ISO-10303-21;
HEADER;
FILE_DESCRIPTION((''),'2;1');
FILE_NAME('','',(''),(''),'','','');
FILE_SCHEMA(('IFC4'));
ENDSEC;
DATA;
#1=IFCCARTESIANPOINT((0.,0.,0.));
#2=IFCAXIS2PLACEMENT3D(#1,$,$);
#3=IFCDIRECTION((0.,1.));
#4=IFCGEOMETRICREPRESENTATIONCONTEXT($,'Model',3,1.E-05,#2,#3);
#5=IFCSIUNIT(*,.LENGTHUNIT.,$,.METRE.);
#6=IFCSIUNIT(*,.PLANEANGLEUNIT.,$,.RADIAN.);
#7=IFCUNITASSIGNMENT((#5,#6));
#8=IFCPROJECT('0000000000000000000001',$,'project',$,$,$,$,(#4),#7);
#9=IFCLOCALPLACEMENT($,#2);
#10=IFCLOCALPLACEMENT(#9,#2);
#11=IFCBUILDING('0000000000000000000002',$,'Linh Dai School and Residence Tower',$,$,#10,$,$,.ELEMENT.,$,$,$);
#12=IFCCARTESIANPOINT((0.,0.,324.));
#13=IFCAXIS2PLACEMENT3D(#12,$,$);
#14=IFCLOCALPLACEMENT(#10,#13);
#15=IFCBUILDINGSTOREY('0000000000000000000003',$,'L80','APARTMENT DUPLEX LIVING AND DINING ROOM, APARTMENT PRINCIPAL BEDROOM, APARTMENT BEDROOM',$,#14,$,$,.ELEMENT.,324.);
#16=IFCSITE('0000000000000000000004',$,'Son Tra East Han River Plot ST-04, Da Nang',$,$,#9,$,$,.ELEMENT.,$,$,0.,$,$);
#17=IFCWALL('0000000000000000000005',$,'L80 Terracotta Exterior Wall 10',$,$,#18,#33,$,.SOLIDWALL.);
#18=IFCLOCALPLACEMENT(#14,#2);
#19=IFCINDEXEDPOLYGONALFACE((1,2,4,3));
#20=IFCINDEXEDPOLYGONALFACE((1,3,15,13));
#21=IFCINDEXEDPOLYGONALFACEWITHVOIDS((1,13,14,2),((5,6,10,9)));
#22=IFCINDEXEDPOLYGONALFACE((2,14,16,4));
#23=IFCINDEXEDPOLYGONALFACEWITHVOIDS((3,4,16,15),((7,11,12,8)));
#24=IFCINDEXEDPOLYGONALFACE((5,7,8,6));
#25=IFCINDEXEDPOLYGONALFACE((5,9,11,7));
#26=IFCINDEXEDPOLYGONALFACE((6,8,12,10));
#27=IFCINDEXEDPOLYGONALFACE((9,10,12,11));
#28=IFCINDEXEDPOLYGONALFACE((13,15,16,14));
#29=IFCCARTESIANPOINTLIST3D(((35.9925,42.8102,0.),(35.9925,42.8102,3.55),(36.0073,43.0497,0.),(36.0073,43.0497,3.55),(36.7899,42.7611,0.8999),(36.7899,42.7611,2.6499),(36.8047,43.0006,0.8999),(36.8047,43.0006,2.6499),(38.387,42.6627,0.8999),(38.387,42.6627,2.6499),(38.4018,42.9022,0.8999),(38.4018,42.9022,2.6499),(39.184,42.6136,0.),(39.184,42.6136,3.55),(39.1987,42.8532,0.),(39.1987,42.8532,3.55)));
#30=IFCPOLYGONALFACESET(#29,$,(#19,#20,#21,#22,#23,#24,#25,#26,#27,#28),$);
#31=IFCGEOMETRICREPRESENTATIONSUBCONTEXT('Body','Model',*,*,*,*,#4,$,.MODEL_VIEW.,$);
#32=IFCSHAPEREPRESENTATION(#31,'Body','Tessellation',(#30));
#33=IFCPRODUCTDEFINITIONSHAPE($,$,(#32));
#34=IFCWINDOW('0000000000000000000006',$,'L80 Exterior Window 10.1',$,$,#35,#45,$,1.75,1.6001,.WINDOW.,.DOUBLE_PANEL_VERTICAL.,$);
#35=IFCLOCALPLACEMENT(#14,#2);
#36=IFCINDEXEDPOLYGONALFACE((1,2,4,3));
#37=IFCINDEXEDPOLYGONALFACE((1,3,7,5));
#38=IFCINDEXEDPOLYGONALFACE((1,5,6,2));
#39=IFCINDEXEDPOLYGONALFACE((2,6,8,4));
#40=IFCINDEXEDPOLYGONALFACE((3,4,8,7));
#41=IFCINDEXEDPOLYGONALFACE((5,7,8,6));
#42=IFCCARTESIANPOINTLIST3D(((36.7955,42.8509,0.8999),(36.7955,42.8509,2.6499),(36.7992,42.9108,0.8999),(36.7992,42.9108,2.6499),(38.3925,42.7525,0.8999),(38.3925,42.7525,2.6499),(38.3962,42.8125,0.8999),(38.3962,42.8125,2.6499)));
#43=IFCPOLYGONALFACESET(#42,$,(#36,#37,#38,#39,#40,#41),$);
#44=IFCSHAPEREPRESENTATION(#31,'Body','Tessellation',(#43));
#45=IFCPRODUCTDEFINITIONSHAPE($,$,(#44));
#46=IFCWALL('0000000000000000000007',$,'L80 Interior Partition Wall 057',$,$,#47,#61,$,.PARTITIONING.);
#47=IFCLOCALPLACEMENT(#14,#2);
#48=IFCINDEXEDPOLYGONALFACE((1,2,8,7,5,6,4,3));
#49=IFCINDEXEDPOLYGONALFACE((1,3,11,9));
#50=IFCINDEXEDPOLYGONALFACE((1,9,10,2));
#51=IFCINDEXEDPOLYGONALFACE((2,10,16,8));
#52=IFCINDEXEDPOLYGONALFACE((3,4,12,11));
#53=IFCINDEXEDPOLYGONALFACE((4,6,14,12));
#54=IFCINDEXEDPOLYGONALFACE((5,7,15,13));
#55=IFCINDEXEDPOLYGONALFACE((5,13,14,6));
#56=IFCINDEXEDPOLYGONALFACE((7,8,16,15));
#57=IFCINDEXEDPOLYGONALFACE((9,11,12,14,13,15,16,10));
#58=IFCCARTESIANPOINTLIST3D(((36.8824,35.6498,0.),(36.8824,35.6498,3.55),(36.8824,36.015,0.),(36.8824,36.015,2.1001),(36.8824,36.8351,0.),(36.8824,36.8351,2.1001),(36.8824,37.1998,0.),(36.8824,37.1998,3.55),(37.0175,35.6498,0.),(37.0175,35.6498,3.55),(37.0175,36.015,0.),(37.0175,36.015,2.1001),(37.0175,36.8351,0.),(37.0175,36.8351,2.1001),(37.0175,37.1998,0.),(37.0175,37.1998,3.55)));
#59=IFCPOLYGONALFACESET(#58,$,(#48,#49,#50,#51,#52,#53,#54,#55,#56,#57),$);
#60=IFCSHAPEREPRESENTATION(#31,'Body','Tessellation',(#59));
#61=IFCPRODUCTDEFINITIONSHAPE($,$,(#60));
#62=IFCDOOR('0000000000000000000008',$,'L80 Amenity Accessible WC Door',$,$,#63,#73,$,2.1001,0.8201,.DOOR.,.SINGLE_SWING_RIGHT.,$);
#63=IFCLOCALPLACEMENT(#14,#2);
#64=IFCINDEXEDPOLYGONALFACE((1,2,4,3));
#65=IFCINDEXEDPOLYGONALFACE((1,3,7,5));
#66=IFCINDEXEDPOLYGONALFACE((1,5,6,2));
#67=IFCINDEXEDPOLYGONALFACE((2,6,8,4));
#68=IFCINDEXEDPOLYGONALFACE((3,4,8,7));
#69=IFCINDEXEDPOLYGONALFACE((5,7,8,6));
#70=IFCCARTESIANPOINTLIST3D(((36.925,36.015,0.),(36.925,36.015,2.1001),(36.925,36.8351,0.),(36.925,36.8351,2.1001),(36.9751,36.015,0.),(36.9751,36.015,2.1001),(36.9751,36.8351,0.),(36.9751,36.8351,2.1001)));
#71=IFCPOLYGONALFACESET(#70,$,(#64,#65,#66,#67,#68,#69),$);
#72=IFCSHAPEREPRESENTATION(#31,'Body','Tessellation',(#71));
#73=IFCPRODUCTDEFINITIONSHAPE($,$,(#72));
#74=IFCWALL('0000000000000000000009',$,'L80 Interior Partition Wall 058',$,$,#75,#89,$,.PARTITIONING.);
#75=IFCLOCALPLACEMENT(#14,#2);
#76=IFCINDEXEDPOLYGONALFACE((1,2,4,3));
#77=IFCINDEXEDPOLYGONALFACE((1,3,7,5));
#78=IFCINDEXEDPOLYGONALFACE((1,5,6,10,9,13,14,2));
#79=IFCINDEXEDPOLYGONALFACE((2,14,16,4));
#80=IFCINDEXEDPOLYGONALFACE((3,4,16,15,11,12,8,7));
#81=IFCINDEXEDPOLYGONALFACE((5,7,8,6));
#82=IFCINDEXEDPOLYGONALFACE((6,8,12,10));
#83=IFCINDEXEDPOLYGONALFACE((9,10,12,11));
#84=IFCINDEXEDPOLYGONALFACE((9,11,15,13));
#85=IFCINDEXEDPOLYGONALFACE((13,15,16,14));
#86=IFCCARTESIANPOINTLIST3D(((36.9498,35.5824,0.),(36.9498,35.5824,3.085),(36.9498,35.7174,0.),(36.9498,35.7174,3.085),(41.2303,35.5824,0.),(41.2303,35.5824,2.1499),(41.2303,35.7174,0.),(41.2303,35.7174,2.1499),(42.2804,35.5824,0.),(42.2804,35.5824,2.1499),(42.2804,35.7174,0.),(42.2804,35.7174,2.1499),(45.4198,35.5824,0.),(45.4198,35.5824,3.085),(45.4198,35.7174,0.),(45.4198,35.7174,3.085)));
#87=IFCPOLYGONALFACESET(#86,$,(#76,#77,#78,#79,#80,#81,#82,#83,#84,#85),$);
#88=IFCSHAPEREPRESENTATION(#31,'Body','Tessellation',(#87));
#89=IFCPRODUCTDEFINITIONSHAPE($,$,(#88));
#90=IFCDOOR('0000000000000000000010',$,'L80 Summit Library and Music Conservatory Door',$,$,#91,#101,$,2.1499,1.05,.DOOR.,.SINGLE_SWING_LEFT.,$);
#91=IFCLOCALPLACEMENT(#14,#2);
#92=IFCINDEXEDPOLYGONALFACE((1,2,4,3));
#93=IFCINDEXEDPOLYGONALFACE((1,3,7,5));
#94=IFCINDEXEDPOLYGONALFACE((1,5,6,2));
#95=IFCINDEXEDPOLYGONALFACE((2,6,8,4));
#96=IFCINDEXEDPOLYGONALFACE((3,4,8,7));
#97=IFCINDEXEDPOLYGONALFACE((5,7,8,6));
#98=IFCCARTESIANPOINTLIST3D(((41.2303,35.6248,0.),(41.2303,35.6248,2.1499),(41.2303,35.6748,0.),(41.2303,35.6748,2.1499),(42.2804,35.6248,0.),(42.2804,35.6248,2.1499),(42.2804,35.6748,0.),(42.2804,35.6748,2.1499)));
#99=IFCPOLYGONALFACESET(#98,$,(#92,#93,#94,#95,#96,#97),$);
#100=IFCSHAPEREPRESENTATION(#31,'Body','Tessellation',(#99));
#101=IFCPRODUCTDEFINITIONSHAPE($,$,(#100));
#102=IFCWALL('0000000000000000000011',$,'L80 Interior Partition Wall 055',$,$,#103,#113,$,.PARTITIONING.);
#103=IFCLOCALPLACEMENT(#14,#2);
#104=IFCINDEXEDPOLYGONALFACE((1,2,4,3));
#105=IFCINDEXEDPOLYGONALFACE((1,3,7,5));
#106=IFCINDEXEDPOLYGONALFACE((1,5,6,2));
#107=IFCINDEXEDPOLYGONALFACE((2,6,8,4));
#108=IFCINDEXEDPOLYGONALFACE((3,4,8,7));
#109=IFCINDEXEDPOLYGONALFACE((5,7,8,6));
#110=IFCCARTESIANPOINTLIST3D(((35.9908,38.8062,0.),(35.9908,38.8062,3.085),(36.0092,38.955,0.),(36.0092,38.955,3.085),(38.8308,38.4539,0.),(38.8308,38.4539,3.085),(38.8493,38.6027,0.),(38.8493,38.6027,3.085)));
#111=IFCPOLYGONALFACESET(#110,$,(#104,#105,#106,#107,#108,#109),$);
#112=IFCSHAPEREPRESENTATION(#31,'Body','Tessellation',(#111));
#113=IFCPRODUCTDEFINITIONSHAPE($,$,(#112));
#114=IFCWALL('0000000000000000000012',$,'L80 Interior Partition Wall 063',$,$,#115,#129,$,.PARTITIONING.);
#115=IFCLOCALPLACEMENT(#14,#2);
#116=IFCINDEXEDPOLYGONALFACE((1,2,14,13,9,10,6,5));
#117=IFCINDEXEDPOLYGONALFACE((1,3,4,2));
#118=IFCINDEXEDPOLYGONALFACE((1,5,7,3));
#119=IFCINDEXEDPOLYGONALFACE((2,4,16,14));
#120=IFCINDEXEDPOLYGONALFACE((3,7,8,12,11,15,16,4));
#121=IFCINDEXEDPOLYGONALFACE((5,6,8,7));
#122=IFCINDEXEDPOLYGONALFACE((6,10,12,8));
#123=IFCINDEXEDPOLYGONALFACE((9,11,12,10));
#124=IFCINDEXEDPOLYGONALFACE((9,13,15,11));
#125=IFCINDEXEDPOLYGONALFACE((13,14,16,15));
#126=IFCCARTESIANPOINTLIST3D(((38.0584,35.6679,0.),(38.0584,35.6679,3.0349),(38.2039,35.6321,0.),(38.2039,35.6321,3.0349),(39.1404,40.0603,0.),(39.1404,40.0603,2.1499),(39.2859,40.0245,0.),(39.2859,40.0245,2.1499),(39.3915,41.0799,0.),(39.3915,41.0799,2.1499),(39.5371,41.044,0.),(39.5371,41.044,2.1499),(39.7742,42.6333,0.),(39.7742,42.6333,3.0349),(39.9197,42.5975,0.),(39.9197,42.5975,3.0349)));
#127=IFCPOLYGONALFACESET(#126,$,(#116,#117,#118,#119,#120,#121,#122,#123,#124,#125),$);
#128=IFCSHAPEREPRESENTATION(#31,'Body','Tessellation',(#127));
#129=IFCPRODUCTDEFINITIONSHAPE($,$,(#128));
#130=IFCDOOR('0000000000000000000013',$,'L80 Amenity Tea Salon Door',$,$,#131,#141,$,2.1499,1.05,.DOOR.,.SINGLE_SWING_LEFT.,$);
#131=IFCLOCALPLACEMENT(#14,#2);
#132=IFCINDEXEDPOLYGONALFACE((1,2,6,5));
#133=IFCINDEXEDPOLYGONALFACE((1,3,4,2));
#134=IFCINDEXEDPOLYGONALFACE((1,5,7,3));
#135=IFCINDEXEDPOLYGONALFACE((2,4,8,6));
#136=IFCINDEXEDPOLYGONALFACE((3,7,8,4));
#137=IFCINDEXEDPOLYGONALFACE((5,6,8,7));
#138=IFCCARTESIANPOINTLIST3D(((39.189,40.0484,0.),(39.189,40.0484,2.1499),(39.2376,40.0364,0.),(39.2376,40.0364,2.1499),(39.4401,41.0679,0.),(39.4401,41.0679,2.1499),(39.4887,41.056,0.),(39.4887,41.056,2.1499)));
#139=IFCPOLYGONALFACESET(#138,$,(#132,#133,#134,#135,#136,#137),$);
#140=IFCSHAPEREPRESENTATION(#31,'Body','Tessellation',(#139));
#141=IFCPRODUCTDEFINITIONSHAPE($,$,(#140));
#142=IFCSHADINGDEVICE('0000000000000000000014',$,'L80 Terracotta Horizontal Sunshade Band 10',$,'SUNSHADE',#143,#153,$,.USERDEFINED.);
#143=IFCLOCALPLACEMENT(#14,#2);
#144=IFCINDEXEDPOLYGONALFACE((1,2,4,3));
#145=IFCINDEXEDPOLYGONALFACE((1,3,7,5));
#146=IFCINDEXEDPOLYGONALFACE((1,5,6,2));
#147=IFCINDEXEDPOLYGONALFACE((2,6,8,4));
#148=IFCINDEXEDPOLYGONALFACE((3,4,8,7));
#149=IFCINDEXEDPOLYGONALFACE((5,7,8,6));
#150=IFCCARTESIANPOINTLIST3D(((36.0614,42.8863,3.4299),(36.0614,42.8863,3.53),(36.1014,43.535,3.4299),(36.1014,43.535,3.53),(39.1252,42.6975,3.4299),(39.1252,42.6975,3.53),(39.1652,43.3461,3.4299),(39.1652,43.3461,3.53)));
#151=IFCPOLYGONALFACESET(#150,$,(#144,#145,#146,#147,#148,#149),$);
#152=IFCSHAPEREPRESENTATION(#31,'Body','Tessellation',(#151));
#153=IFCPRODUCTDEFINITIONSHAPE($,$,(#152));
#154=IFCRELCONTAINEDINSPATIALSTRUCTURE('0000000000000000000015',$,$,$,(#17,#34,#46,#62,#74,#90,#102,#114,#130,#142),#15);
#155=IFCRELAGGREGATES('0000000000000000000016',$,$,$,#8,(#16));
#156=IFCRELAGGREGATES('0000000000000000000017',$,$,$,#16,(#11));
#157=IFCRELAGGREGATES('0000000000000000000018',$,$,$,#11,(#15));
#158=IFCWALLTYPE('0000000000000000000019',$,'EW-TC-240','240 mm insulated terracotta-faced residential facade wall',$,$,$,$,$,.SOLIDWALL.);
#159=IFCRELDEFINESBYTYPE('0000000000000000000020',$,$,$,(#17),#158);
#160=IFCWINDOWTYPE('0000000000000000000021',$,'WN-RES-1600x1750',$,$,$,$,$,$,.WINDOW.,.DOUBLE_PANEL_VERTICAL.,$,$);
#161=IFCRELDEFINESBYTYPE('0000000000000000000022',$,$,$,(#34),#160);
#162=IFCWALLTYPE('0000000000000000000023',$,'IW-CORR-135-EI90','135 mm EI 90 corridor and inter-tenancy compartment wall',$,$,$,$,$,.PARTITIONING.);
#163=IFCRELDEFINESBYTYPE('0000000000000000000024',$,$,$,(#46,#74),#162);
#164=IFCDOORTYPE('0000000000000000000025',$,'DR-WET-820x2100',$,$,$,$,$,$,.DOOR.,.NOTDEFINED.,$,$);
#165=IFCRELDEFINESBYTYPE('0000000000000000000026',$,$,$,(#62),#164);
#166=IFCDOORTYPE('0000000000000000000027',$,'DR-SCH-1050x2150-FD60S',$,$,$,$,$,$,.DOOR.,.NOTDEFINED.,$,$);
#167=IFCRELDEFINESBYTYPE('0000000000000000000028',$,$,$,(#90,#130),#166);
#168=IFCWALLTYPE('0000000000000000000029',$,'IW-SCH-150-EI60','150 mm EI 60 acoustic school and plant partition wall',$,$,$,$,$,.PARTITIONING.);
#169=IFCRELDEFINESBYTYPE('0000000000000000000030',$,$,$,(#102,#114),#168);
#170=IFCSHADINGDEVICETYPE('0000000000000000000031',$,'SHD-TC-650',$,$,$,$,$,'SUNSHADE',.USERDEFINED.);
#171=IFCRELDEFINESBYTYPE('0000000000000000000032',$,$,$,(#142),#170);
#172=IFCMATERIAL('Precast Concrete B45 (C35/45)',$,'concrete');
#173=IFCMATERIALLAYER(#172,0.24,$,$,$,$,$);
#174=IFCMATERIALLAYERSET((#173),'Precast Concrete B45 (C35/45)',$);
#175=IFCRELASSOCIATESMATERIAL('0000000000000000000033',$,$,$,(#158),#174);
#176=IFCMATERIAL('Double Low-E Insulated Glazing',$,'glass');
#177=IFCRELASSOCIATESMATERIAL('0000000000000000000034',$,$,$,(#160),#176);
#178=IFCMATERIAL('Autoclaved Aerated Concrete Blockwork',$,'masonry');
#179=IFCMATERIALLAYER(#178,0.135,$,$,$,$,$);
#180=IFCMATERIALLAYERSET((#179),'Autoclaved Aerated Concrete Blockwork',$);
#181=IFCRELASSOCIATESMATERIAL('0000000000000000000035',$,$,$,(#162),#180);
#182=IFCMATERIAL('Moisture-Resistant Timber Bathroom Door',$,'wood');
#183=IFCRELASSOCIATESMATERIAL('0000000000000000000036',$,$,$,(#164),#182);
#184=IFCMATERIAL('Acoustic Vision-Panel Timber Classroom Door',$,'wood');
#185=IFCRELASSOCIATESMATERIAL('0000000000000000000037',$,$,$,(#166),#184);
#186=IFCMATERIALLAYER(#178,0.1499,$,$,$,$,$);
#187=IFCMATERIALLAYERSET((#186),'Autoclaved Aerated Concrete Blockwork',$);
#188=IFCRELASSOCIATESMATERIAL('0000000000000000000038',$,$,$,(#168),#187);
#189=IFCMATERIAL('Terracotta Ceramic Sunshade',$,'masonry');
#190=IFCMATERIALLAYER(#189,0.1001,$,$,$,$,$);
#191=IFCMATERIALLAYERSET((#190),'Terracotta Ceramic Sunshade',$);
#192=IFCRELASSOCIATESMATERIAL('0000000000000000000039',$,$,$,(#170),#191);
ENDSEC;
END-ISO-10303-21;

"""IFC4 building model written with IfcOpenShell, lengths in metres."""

from ifc_helpers import new_model, si_unit, direction, frame, frame_2d, origin, origin_2d, place, context, subcontext, project, spatial, rectangle, extrude, source, transform, mapped, material, layer, layer_set, type_object, element, fill, save


model = new_model("IFC4")

# Units and contexts
model_context = context("Model", 3, precision=1e-05, world=origin(), true_north=direction((0.0, 1.0)))
body_context = subcontext(model_context, "Body", "Model", "MODEL_VIEW")
ifc_project = project(units=[si_unit("LENGTHUNIT", "METRE"), si_unit("PLANEANGLEUNIT", "RADIAN")], contexts=[model_context])

# Site, building, storey
site_placement = place(None, origin())
site = spatial("IfcSite", under=ifc_project, at=site_placement, Name="Son Tra East Han River Plot ST-04, Da Nang", CompositionType="ELEMENT", RefElevation=0.0)
building_placement = place(site_placement, origin())
building = spatial("IfcBuilding", under=site, at=building_placement, Name="Linh Dai School and Residence Tower", CompositionType="ELEMENT")
storey_placement = place(building_placement, frame((0.0, 0.0, 324.0)))
storey = spatial("IfcBuildingStorey", under=building, at=storey_placement, Name="L80", Description="APARTMENT DUPLEX LIVING AND DINING ROOM, APARTMENT PRINCIPAL BEDROOM, APARTMENT BEDROOM", CompositionType="ELEMENT", Elevation=324.0)

# Shared definitions
ifc_material_1 = material(Name="Precast Concrete B45 (C35/45)", Category="concrete")

# Wall, opening, window
ifc_layer_1 = layer(ifc_material_1, 0.24)
ifc_layer_set_1 = layer_set([ifc_layer_1], Name="Precast Concrete B45 (C35/45)")
wall_type_1 = type_object("IfcWallType", Name="EW-TC-240", Description="240 mm insulated terracotta-faced residential facade wall", PredefinedType="SOLIDWALL", material=ifc_layer_set_1)
ifc_material_2 = material(Name="Double Low-E Insulated Glazing", Category="glass")
window_type = type_object("IfcWindowType", Name="WN-RES-1600x1750", PartitioningType="DOUBLE_PANEL_VERTICAL", PredefinedType="WINDOW", material=ifc_material_2)
shared_shape_1 = source(origin(), body_context, "Body", "SweptSolid", [
    extrude(rectangle(XDim=1.6001, YDim=1.75, at=origin_2d()), frame((0.8, 0.03, 0.875), z_axis=(0.0, -1.0, 0.0), x_axis=(1.0, 0.0, 0.0)), (0.0, 0.0, 1.0), 0.0601),
])
wall_1_placement = place(storey_placement, frame((36.0, 42.9299, 0.0), z_axis=(0.0, 0.0, 1.0), x_axis=(0.998109, -0.061466, 0.0)))
wall_1 = element("IfcWall", 1, at=wall_1_placement, inside=storey, type_object=wall_type_1, Name="L80 Terracotta Exterior Wall 10", PredefinedType="SOLIDWALL", context=body_context, shape_type="SweptSolid", body=[
    extrude(rectangle(XDim=3.1975, YDim=0.24, at=frame_2d((1.5986, 0.0))), origin(), (0.0, 0.0, 1.0), 3.55),
])
opening_1_placement = place(wall_1_placement, frame((0.7988, 0.0, 0.8999)))
opening_1 = element("IfcOpeningElement", 2, at=opening_1_placement, cuts=wall_1, PredefinedType="OPENING", context=body_context, shape_type="SweptSolid", body=[
    extrude(rectangle(XDim=1.6001, YDim=1.75, at=origin_2d()), frame((0.8, 0.1299, 0.875), z_axis=(0.0, -1.0, 0.0), x_axis=(1.0, 0.0, 0.0)), (0.0, 0.0, 1.0), 0.26),
])
window_1_placement = place(opening_1_placement, origin())
window_1 = element("IfcWindow", 3, at=window_1_placement, inside=storey, type_object=window_type, Name="L80 Exterior Window 10.1", OverallHeight=1.75, OverallWidth=1.6001, PartitioningType="DOUBLE_PANEL_VERTICAL", PredefinedType="WINDOW", context=body_context, shape_type="MappedRepresentation", body=[
    mapped(shared_shape_1, transform((0.0, 0.0, 0.0), x_axis=(1.0, 0.0, 0.0), y_axis=(0.0, 1.0, 0.0), z_axis=(0.0, 0.0, 1.0), scale=1.0)),
])
fill(opening_1, window_1)

# Walls, openings, doors
ifc_material_3 = material(Name="Autoclaved Aerated Concrete Blockwork", Category="masonry")
ifc_layer_2 = layer(ifc_material_3, 0.135)
ifc_layer_set_2 = layer_set([ifc_layer_2], Name="Autoclaved Aerated Concrete Blockwork")
wall_type_2 = type_object("IfcWallType", Name="IW-CORR-135-EI90", Description="135 mm EI 90 corridor and inter-tenancy compartment wall", PredefinedType="PARTITIONING", material=ifc_layer_set_2)
wall_2_placement = place(storey_placement, frame((36.95, 35.6499, 0.0), z_axis=(0.0, 0.0, 1.0), x_axis=(0.0, 1.0, 0.0)))
wall_2 = element("IfcWall", 4, at=wall_2_placement, inside=storey, type_object=wall_type_2, Name="L80 Interior Partition Wall 057", PredefinedType="PARTITIONING", context=body_context, shape_type="SweptSolid", body=[
    extrude(rectangle(XDim=1.55, YDim=0.135, at=frame_2d((0.7749, 0.0))), origin(), (0.0, 0.0, 1.0), 3.55),
])
opening_2_placement = place(wall_2_placement, frame((0.365, 0.0, 0.0)))
opening_2 = element("IfcOpeningElement", 5, at=opening_2_placement, cuts=wall_2, PredefinedType="OPENING", context=body_context, shape_type="SweptSolid", body=[
    extrude(rectangle(XDim=0.8201, YDim=2.1001, at=origin_2d()), frame((0.4102, 0.0776, 1.05), z_axis=(0.0, -1.0, 0.0), x_axis=(1.0, 0.0, 0.0)), (0.0, 0.0, 1.0), 0.155),
])
ifc_material_4 = material(Name="Moisture-Resistant Timber Bathroom Door", Category="wood")
door_type_1 = type_object("IfcDoorType", Name="DR-WET-820x2100", OperationType="NOTDEFINED", PredefinedType="DOOR", material=ifc_material_4)
shared_shape_2 = source(origin(), body_context, "Body", "SweptSolid", [
    extrude(rectangle(XDim=0.8201, YDim=2.1001, at=origin_2d()), frame((0.4102, 0.0249, 1.05), z_axis=(0.0, -1.0, 0.0), x_axis=(1.0, 0.0, 0.0)), (0.0, 0.0, 1.0), 0.05),
])
door_1_placement = place(opening_2_placement, origin())
door_1 = element("IfcDoor", 6, at=door_1_placement, inside=storey, type_object=door_type_1, Name="L80 Amenity Accessible WC Door", OperationType="SINGLE_SWING_RIGHT", OverallHeight=2.1001, OverallWidth=0.8201, PredefinedType="DOOR", context=body_context, shape_type="MappedRepresentation", body=[
    mapped(shared_shape_2, transform((0.0, 0.0, 0.0), x_axis=(1.0, 0.0, 0.0), y_axis=(0.0, 1.0, 0.0), z_axis=(0.0, 0.0, 1.0), scale=1.0)),
])
fill(opening_2, door_1)
wall_3_placement = place(storey_placement, frame((36.95, 35.6499, 0.0), z_axis=(0.0, 0.0, 1.0), x_axis=(1.0, 0.0, 0.0)))
wall_3 = element("IfcWall", 7, at=wall_3_placement, inside=storey, type_object=wall_type_2, Name="L80 Interior Partition Wall 058", PredefinedType="PARTITIONING", context=body_context, shape_type="SweptSolid", body=[
    extrude(rectangle(XDim=8.47, YDim=0.135, at=frame_2d((4.2349, 0.0))), origin(), (0.0, 0.0, 1.0), 3.085),
])
opening_3_placement = place(wall_3_placement, frame((4.2805, 0.0, 0.0)))
opening_3 = element("IfcOpeningElement", 8, at=opening_3_placement, cuts=wall_3, PredefinedType="OPENING", context=body_context, shape_type="SweptSolid", body=[
    extrude(rectangle(XDim=1.05, YDim=2.1499, at=origin_2d()), frame((0.5249, 0.0776, 1.075), z_axis=(0.0, -1.0, 0.0), x_axis=(1.0, 0.0, 0.0)), (0.0, 0.0, 1.0), 0.155),
])
ifc_material_5 = material(Name="Acoustic Vision-Panel Timber Classroom Door", Category="wood")
door_type_2 = type_object("IfcDoorType", Name="DR-SCH-1050x2150-FD60S", OperationType="NOTDEFINED", PredefinedType="DOOR", material=ifc_material_5)
shared_shape_3 = source(origin(), body_context, "Body", "SweptSolid", [
    extrude(rectangle(XDim=1.05, YDim=2.1499, at=origin_2d()), frame((0.5249, 0.0249, 1.075), z_axis=(0.0, -1.0, 0.0), x_axis=(1.0, 0.0, 0.0)), (0.0, 0.0, 1.0), 0.05),
])
door_2_placement = place(opening_3_placement, origin())
door_2 = element("IfcDoor", 9, at=door_2_placement, inside=storey, type_object=door_type_2, Name="L80 Summit Library and Music Conservatory Door", OperationType="SINGLE_SWING_LEFT", OverallHeight=2.1499, OverallWidth=1.05, PredefinedType="DOOR", context=body_context, shape_type="MappedRepresentation", body=[
    mapped(shared_shape_3, transform((0.0, 0.0, 0.0), x_axis=(1.0, 0.0, 0.0), y_axis=(0.0, 1.0, 0.0), z_axis=(0.0, 0.0, 1.0), scale=1.0)),
])
fill(opening_3, door_2)

# Wall
ifc_layer_3 = layer(ifc_material_3, 0.1499)
ifc_layer_set_3 = layer_set([ifc_layer_3], Name="Autoclaved Aerated Concrete Blockwork")
wall_type_3 = type_object("IfcWallType", Name="IW-SCH-150-EI60", Description="150 mm EI 60 acoustic school and plant partition wall", PredefinedType="PARTITIONING", material=ifc_layer_set_3)
wall_4_placement = place(storey_placement, frame((36.0, 38.8806, 0.0), z_axis=(0.0, 0.0, 1.0), x_axis=(0.992394, -0.1231, 0.0)))
element("IfcWall", 10, at=wall_4_placement, inside=storey, type_object=wall_type_3, Name="L80 Interior Partition Wall 055", PredefinedType="PARTITIONING", context=body_context, shape_type="SweptSolid", body=[
    extrude(rectangle(XDim=2.8618, YDim=0.1499, at=frame_2d((1.4309, 0.0))), origin(), (0.0, 0.0, 1.0), 3.085),
])

# Wall, opening, door
wall_5_placement = place(storey_placement, frame((38.1311, 35.6499, 0.0), z_axis=(0.0, 0.0, 1.0), x_axis=(0.239187, 0.970974, 0.0)))
wall_5 = element("IfcWall", 11, at=wall_5_placement, inside=storey, type_object=wall_type_3, Name="L80 Interior Partition Wall 063", PredefinedType="PARTITIONING", context=body_context, shape_type="SweptSolid", body=[
    extrude(rectangle(XDim=7.1736, YDim=0.1499, at=frame_2d((3.5869, 0.0))), origin(), (0.0, 0.0, 1.0), 3.0349),
])
opening_4_placement = place(wall_5_placement, frame((4.5239, 0.0, 0.0)))
opening_4 = element("IfcOpeningElement", 12, at=opening_4_placement, cuts=wall_5, PredefinedType="OPENING", context=body_context, shape_type="SweptSolid", body=[
    extrude(rectangle(XDim=1.05, YDim=2.1499, at=origin_2d()), frame((0.5249, 0.085, 1.075), z_axis=(0.0, -1.0, 0.0), x_axis=(1.0, 0.0, 0.0)), (0.0, 0.0, 1.0), 0.1699),
])
door_3_placement = place(opening_4_placement, origin())
door_3 = element("IfcDoor", 13, at=door_3_placement, inside=storey, type_object=door_type_2, Name="L80 Amenity Tea Salon Door", OperationType="SINGLE_SWING_LEFT", OverallHeight=2.1499, OverallWidth=1.05, PredefinedType="DOOR", context=body_context, shape_type="MappedRepresentation", body=[
    mapped(shared_shape_3, transform((0.0, 0.0, 0.0), x_axis=(1.0, 0.0, 0.0), y_axis=(0.0, 1.0, 0.0), z_axis=(0.0, 0.0, 1.0), scale=1.0)),
])
fill(opening_4, door_3)

# Shading device
ifc_material_6 = material(Name="Terracotta Ceramic Sunshade", Category="masonry")
ifc_layer_4 = layer(ifc_material_6, 0.1001)
ifc_layer_set_4 = layer_set([ifc_layer_4], Name="Terracotta Ceramic Sunshade")
shading_device_type = type_object("IfcShadingDeviceType", Name="SHD-TC-650", ElementType="SUNSHADE", PredefinedType="USERDEFINED", material=ifc_layer_set_4)
shared_shape_4 = source(origin(), body_context, "Body", "SweptSolid", [
    extrude(rectangle(XDim=3.0696, YDim=0.6499, at=origin_2d()), origin(), (0.0, 0.0, 1.0), 0.1001),
])
shading_device_placement = place(storey_placement, frame((37.6133, 43.1162, 3.4299), z_axis=(0.0, 0.0, 1.0), x_axis=(0.998106, -0.061518, 0.0)))
element("IfcShadingDevice", 14, at=shading_device_placement, inside=storey, type_object=shading_device_type, Name="L80 Terracotta Horizontal Sunshade Band 10", ObjectType="SUNSHADE", PredefinedType="USERDEFINED", context=body_context, shape_type="MappedRepresentation", body=[
    mapped(shared_shape_4, transform((0.0, 0.0, 0.0), x_axis=(1.0, 0.0, 0.0), y_axis=(0.0, 1.0, 0.0), z_axis=(0.0, 0.0, 1.0), scale=1.0)),
])

save(model, "model.ifc")
